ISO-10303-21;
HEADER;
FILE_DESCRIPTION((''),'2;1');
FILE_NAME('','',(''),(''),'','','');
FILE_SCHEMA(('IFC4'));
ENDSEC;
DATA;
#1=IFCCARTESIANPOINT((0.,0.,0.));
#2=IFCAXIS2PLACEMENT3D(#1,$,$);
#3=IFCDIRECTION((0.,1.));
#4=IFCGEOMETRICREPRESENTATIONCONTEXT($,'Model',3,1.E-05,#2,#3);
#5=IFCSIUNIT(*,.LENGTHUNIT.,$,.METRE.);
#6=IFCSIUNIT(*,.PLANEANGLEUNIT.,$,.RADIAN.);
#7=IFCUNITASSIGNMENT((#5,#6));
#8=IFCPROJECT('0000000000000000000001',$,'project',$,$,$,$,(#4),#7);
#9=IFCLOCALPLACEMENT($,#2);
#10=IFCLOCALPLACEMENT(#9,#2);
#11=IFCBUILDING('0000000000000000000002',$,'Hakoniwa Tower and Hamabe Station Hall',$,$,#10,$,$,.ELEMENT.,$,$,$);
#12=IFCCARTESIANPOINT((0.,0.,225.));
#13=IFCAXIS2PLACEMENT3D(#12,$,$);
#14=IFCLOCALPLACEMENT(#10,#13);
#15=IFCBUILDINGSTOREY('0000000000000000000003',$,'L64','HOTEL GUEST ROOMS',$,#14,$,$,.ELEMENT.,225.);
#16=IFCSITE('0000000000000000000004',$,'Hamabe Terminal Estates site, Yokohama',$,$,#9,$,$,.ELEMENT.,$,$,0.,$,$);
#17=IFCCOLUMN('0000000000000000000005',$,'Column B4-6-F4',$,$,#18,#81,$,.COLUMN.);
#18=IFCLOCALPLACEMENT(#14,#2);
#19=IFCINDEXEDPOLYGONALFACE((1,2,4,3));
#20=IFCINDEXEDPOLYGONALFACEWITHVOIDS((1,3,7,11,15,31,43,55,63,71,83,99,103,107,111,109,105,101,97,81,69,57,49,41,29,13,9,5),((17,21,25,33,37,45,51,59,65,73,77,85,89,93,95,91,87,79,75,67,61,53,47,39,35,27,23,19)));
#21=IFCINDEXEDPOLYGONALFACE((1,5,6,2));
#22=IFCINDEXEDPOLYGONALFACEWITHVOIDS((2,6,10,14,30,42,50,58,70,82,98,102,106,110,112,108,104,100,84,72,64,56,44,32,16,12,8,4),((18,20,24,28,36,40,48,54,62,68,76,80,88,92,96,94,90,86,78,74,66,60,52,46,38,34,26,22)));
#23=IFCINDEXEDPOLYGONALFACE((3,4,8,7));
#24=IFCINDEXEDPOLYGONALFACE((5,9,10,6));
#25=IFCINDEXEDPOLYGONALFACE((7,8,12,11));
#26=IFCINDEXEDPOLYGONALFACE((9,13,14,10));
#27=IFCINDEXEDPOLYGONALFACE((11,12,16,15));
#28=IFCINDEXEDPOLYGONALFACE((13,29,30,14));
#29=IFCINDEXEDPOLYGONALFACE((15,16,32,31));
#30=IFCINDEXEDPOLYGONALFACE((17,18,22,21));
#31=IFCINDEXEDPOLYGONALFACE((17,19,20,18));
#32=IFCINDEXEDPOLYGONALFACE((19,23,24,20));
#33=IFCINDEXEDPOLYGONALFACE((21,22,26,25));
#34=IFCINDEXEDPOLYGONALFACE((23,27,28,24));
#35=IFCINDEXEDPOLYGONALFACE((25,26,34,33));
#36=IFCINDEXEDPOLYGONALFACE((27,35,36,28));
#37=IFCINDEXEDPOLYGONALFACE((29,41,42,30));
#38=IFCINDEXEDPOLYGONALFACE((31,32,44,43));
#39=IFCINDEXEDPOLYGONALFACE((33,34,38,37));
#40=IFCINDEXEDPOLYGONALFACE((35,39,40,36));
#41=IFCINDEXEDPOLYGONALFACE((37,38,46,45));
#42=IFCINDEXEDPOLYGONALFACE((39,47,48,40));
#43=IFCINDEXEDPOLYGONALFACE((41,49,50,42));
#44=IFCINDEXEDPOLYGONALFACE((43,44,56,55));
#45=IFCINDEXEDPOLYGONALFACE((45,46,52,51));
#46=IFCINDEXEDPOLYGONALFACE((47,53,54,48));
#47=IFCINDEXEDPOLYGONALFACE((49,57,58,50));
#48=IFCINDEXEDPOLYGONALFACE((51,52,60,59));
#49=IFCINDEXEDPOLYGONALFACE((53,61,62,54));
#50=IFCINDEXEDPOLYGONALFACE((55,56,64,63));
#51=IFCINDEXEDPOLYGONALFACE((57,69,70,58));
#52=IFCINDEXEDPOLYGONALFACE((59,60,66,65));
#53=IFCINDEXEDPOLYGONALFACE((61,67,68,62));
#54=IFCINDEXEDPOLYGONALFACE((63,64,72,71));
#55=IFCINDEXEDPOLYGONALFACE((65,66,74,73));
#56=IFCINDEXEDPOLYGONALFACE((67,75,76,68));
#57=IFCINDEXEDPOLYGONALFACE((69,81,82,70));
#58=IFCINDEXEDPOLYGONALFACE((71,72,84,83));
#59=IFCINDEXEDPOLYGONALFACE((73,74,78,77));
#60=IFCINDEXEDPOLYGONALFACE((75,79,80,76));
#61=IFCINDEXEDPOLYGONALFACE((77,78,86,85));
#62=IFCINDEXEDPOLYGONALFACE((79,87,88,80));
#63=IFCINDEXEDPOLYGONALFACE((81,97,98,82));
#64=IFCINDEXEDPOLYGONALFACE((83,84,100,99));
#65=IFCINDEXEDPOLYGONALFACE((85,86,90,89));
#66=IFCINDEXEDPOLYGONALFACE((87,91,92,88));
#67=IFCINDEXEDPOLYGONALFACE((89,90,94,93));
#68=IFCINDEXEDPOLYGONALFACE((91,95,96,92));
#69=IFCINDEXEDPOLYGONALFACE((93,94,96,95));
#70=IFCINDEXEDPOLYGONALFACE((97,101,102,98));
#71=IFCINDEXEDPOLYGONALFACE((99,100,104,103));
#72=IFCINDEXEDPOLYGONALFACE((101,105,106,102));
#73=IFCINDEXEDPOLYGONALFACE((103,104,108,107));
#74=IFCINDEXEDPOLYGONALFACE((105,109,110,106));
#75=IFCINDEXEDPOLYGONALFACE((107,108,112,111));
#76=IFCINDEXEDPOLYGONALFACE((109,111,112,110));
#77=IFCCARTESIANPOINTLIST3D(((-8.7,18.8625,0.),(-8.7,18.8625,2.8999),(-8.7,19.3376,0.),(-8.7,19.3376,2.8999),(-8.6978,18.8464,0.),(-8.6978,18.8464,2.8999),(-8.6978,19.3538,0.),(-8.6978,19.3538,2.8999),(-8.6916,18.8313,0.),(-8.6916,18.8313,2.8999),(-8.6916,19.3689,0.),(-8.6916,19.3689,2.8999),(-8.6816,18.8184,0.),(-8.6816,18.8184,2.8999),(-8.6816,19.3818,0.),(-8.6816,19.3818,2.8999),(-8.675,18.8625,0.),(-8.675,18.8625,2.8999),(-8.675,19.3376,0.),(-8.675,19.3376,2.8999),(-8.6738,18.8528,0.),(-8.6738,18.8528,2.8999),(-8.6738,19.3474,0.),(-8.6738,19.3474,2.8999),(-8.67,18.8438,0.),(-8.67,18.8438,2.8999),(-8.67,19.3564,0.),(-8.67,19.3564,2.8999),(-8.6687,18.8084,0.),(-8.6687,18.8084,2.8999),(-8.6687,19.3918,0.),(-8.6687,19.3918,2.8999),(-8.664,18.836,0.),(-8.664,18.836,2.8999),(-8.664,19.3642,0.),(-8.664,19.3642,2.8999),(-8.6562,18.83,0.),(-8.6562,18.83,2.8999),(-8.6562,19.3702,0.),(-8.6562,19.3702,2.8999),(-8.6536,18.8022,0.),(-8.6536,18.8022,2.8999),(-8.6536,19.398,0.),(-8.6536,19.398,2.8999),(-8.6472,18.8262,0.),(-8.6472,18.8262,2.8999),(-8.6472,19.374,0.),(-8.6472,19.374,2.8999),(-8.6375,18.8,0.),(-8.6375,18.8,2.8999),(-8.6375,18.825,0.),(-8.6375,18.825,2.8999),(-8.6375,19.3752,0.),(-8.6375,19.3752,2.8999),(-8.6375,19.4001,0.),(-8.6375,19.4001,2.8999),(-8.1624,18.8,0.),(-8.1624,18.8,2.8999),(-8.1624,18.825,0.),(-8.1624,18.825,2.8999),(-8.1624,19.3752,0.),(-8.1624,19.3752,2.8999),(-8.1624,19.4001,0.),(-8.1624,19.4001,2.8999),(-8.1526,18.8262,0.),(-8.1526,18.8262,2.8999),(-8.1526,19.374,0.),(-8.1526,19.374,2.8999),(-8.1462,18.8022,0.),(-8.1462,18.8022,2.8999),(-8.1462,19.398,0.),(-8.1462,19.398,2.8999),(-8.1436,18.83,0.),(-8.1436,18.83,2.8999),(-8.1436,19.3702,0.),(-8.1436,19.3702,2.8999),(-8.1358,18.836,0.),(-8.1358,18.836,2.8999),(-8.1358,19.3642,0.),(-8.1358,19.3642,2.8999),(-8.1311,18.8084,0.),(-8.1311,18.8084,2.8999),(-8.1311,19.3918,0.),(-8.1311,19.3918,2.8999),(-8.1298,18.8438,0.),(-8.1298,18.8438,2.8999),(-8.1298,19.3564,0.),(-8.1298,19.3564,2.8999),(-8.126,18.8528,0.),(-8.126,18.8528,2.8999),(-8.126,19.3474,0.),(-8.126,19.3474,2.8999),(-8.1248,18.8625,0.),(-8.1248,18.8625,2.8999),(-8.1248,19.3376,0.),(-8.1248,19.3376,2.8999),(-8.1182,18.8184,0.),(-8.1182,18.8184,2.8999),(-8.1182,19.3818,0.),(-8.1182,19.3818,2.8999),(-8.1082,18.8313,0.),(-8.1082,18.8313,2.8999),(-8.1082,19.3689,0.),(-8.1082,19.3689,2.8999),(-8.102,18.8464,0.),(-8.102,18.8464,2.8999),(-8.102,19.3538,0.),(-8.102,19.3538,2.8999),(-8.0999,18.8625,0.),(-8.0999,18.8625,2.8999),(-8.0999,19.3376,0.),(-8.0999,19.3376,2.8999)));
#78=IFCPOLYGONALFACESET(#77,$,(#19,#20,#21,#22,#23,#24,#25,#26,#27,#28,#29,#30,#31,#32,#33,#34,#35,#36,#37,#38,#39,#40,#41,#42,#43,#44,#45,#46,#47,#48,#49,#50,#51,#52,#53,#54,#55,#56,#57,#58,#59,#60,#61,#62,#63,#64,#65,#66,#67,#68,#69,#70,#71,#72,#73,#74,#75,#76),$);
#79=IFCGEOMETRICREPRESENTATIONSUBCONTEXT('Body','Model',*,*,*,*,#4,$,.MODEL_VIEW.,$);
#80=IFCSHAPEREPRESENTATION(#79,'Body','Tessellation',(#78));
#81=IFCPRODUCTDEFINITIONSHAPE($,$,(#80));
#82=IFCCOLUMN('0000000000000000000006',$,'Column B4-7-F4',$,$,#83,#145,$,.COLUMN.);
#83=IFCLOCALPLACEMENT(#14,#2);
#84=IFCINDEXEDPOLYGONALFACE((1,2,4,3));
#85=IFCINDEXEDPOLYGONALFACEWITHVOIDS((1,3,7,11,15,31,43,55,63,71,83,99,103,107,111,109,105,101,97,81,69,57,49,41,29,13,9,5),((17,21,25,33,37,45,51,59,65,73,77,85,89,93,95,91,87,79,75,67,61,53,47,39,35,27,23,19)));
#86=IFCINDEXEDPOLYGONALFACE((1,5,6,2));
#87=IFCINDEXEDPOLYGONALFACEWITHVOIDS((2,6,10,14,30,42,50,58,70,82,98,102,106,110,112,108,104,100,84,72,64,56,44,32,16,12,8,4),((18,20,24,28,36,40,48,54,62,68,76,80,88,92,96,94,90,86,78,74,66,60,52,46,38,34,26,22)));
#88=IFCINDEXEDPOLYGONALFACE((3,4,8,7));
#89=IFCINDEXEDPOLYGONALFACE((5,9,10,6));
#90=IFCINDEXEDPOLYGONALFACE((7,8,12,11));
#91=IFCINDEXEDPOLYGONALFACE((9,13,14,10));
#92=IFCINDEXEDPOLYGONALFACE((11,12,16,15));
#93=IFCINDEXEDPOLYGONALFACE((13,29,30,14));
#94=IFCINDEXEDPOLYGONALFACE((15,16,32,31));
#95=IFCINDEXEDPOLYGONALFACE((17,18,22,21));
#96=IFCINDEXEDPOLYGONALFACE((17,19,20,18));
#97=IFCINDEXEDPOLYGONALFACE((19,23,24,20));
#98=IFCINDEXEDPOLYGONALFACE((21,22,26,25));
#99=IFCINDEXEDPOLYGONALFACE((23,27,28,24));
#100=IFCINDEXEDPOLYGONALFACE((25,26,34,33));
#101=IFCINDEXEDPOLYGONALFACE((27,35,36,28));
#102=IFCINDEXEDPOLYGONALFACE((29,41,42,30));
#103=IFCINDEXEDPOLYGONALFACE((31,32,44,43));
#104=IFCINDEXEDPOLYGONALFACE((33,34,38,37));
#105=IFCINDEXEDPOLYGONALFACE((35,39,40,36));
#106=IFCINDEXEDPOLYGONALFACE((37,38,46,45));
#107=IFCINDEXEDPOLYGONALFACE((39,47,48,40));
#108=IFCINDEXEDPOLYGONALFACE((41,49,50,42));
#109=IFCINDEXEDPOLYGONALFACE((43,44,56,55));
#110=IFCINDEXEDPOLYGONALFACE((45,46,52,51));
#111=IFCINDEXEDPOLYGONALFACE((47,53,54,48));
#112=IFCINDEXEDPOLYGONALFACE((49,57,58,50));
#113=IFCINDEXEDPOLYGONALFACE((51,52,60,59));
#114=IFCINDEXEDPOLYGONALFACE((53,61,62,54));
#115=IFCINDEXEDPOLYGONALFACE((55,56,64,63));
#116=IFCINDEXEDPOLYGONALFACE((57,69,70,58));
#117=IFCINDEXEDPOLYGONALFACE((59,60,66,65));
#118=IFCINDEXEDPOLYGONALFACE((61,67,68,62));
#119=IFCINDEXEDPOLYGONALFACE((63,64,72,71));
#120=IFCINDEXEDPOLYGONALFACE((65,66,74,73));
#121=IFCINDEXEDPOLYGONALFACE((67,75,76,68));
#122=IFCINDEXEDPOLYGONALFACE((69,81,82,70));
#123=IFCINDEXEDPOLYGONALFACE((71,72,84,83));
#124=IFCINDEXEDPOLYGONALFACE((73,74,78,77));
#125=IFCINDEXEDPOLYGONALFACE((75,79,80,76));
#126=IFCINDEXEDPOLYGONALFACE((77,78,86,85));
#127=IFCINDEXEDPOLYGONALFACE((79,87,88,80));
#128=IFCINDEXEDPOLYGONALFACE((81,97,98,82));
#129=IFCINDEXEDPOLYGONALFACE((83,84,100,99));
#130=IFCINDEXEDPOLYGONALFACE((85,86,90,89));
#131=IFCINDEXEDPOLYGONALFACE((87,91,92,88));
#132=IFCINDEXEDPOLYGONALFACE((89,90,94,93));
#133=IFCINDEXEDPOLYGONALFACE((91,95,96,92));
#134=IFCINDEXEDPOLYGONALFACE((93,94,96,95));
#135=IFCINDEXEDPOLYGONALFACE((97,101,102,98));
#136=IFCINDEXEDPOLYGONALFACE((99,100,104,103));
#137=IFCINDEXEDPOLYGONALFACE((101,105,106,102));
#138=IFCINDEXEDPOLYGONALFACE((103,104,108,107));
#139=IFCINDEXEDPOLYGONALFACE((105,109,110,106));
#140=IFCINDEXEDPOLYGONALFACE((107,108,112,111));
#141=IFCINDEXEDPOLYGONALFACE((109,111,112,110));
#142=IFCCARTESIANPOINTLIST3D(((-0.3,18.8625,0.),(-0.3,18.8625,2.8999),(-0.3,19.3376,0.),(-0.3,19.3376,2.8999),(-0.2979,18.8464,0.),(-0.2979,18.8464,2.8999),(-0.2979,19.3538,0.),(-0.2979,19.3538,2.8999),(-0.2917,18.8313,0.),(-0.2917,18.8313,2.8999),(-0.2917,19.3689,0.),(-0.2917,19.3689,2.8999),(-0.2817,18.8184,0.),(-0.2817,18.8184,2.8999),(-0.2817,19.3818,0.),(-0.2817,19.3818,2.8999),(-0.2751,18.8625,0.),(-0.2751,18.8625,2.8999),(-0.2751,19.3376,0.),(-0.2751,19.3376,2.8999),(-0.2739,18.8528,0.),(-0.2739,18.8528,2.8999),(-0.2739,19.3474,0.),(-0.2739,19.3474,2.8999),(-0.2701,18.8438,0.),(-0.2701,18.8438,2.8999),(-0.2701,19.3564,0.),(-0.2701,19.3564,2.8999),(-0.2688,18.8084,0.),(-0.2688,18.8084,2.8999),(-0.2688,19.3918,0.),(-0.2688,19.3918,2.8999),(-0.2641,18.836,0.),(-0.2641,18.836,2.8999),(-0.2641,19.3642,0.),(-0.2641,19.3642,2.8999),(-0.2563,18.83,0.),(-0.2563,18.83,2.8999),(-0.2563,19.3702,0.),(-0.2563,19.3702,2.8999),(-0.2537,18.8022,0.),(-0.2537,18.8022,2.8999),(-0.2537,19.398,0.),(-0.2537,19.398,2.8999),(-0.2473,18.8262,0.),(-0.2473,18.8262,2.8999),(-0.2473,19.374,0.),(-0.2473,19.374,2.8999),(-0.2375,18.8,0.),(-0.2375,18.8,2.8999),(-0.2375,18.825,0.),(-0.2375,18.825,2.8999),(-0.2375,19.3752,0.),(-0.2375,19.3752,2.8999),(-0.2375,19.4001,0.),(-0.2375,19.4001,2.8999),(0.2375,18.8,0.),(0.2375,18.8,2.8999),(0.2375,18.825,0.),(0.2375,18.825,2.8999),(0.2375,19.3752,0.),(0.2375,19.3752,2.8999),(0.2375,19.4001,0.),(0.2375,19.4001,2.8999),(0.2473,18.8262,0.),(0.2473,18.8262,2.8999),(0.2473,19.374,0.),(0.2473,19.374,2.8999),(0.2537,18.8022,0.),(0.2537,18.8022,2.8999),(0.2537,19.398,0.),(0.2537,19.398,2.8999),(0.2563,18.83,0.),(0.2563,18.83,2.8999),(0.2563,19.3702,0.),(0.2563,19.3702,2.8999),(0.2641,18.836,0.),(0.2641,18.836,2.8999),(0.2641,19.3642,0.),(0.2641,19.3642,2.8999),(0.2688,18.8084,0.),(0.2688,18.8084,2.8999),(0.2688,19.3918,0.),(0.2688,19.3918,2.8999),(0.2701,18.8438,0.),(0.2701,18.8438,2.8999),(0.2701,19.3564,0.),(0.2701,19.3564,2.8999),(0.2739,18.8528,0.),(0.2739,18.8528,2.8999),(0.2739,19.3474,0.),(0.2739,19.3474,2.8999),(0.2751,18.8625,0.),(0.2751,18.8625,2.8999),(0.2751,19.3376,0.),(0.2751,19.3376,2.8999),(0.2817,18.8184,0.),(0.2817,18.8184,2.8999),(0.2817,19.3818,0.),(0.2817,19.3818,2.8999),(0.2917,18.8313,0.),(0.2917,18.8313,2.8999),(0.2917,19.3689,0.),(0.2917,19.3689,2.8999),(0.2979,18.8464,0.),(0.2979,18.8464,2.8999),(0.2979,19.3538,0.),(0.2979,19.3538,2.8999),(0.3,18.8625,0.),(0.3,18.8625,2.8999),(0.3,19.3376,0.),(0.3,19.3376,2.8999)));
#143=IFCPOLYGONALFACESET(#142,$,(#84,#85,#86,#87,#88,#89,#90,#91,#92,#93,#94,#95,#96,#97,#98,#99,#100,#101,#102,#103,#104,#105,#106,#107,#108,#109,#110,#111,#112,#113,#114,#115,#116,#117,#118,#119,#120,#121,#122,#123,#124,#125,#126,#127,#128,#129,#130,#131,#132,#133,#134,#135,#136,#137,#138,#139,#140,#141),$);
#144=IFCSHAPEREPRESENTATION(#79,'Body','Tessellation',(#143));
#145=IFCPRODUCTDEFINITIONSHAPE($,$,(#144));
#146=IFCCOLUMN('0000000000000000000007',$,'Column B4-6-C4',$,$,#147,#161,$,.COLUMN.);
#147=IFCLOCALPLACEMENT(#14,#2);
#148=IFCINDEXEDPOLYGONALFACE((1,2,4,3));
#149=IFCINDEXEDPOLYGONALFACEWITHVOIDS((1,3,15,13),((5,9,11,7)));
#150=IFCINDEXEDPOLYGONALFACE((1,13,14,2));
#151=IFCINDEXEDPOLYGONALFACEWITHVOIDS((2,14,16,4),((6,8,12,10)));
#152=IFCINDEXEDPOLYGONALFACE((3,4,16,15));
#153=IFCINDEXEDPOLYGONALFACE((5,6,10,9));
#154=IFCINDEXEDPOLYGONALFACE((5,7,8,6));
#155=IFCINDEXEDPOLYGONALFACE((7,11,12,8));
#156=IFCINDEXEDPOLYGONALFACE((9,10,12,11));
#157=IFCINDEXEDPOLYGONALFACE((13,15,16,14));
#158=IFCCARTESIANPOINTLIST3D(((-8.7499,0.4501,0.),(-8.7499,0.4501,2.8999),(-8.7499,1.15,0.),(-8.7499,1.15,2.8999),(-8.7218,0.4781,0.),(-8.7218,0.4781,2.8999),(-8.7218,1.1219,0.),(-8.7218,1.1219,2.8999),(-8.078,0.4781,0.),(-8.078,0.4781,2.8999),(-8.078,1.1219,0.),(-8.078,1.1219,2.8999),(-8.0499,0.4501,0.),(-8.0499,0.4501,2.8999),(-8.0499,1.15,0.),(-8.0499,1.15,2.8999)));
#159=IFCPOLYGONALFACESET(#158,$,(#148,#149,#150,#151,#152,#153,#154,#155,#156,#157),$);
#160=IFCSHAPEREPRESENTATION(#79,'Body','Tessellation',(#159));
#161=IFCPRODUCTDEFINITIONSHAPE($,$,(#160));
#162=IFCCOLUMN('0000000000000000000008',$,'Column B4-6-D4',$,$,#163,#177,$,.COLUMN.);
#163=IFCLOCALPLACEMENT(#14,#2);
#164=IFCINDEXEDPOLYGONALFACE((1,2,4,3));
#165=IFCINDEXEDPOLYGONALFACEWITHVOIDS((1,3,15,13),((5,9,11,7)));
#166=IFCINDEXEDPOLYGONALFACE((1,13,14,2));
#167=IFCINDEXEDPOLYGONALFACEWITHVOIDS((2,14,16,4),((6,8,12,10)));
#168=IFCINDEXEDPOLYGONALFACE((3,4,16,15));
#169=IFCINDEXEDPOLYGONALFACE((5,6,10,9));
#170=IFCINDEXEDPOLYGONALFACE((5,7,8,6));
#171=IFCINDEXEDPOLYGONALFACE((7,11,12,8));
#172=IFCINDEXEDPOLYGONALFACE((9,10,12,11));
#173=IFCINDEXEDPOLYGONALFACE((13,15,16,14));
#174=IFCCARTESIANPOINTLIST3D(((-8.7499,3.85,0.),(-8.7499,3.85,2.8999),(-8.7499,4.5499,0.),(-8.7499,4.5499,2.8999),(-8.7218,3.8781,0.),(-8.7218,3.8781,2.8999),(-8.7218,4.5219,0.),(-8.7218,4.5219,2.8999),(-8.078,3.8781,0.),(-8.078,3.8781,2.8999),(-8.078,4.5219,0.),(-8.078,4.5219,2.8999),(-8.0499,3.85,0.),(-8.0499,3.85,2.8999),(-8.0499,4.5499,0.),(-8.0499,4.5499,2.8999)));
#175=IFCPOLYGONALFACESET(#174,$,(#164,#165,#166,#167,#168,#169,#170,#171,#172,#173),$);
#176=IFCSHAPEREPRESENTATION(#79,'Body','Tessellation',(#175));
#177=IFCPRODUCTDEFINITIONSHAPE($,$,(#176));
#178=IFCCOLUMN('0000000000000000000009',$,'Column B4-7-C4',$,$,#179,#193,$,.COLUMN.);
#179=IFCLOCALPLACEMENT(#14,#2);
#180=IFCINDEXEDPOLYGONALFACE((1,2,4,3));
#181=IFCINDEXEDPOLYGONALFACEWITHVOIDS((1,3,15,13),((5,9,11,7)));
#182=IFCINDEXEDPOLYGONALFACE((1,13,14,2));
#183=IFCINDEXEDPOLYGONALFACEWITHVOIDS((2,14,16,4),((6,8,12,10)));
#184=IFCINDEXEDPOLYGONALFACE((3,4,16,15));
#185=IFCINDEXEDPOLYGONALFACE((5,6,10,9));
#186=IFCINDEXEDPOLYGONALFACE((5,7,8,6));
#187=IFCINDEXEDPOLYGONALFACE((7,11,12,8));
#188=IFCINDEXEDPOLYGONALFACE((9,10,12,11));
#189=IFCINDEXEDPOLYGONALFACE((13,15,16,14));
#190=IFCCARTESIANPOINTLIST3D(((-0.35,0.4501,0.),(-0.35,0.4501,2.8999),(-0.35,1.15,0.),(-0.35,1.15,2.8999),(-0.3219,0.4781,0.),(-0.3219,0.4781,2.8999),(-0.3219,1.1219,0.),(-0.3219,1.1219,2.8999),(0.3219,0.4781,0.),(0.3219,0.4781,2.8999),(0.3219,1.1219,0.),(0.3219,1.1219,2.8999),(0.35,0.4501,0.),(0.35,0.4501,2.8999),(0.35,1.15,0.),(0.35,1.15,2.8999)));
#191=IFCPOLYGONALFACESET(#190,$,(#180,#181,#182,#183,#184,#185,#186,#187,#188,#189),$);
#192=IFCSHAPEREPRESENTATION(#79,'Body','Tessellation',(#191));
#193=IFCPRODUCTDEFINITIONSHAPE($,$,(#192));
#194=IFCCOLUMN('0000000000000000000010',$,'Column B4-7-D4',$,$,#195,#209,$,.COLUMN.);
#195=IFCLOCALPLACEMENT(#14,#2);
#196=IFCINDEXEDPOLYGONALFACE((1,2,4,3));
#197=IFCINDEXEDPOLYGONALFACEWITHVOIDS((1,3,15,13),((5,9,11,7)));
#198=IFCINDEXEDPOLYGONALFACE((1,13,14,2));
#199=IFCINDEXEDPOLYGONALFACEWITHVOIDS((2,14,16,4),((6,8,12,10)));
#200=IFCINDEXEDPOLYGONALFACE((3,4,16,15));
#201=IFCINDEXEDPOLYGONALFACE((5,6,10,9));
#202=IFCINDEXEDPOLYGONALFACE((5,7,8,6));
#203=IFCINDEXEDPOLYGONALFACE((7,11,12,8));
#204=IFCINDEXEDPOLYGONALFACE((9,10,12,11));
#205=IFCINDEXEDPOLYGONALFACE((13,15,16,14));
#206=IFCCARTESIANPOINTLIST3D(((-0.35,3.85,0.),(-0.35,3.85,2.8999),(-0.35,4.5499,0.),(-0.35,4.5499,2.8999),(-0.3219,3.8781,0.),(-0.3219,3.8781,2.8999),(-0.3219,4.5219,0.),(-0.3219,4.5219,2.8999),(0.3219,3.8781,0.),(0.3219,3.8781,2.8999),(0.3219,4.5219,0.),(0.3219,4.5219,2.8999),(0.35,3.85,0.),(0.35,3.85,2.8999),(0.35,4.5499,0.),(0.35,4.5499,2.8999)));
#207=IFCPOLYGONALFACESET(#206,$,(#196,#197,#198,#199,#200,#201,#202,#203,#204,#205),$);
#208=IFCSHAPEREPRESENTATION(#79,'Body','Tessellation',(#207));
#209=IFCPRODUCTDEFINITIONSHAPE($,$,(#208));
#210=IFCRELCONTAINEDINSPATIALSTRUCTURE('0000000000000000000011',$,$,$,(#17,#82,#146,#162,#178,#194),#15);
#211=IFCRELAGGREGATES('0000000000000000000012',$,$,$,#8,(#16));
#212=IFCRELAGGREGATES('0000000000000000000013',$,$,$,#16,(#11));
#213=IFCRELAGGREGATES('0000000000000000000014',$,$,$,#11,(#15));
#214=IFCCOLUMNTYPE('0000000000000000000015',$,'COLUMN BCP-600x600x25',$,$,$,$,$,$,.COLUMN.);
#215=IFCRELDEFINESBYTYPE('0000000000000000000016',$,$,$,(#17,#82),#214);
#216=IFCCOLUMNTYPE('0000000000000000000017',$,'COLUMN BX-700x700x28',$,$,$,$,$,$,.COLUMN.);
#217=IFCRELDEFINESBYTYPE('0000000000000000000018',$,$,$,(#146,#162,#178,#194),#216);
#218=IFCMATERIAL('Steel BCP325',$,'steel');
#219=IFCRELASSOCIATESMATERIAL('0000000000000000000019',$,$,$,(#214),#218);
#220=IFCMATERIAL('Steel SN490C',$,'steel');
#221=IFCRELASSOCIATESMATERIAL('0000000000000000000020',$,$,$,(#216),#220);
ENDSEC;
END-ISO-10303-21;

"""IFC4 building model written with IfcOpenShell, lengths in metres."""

from ifc_helpers import new_model, si_unit, direction, frame, origin, origin_2d, place, context, subcontext, project, spatial, hollow_rectangle, extrude, material, material_profile, profile_set, type_object, element, save


model = new_model("IFC4")

# Units and contexts
model_context = context("Model", 3, precision=1e-05, world=origin(), true_north=direction((0.0, 1.0)))
body_context = subcontext(model_context, "Body", "Model", "MODEL_VIEW")
ifc_project = project(units=[si_unit("LENGTHUNIT", "METRE"), si_unit("PLANEANGLEUNIT", "RADIAN")], contexts=[model_context])

# Site, building, storey
site_placement = place(None, origin())
site = spatial("IfcSite", under=ifc_project, at=site_placement, Name="Hamabe Terminal Estates site, Yokohama", CompositionType="ELEMENT", RefElevation=0.0)
building_placement = place(site_placement, origin())
building = spatial("IfcBuilding", under=site, at=building_placement, Name="Hakoniwa Tower and Hamabe Station Hall", CompositionType="ELEMENT")
storey_placement = place(building_placement, frame((0.0, 0.0, 225.0)))
storey = spatial("IfcBuildingStorey", under=building, at=storey_placement, Name="L64", Description="HOTEL GUEST ROOMS", CompositionType="ELEMENT", Elevation=225.0)

# Columns
ifc_material_1 = material(Name="Steel BCP325", Category="steel")
ifc_material_profile_1 = material_profile(ifc_material_1, hollow_rectangle(XDim=0.6001, YDim=0.6001, WallThickness=0.0249, InnerFilletRadius=0.0376, OuterFilletRadius=0.0625, at=origin_2d()), Name="BCP-600x600x25")
ifc_profile_set_1 = profile_set([ifc_material_profile_1], Name="Steel BCP325")
column_type_1 = type_object("IfcColumnType", Name="COLUMN BCP-600x600x25", PredefinedType="COLUMN", material=ifc_profile_set_1)
for number, where, z_axis, x_axis, name in (
    (1, (-8.3999, 19.1001, 0.0), (0.0, 0.0, 1.0), (1.0, 0.0, 0.0), "Column B4-6-F4"),
    (2, (0.0, 19.1001, 0.0), (0.0, 0.0, 1.0), (1.0, 0.0, 0.0), "Column B4-7-F4"),
):
    element("IfcColumn", number, at=place(storey_placement, frame(where, z_axis=z_axis, x_axis=x_axis)), inside=storey, type_object=column_type_1, Name=name, PredefinedType="COLUMN", context=body_context, shape_type="SweptSolid", body=[
        extrude(hollow_rectangle(XDim=0.6001, YDim=0.6001, WallThickness=0.0249, InnerFilletRadius=0.0376, OuterFilletRadius=0.0625, at=origin_2d()), origin(), (0.0, 0.0, 1.0), 2.8999),
    ])
ifc_material_2 = material(Name="Steel SN490C", Category="steel")
ifc_material_profile_2 = material_profile(ifc_material_2, hollow_rectangle(XDim=0.7, YDim=0.7, WallThickness=0.0281, at=origin_2d()), Name="BX-700x700x28")
ifc_profile_set_2 = profile_set([ifc_material_profile_2], Name="Steel SN490C")
column_type_2 = type_object("IfcColumnType", Name="COLUMN BX-700x700x28", PredefinedType="COLUMN", material=ifc_profile_set_2)
for number, where, z_axis, x_axis, name in (
    (3, (-8.3999, 0.8, 0.0), (0.0, 0.0, 1.0), (1.0, 0.0, 0.0), "Column B4-6-C4"),
    (4, (-8.3999, 4.2, 0.0), (0.0, 0.0, 1.0), (1.0, 0.0, 0.0), "Column B4-6-D4"),
    (5, (0.0, 0.8, 0.0), (0.0, 0.0, 1.0), (1.0, 0.0, 0.0), "Column B4-7-C4"),
    (6, (0.0, 4.2, 0.0), (0.0, 0.0, 1.0), (1.0, 0.0, 0.0), "Column B4-7-D4"),
):
    element("IfcColumn", number, at=place(storey_placement, frame(where, z_axis=z_axis, x_axis=x_axis)), inside=storey, type_object=column_type_2, Name=name, PredefinedType="COLUMN", context=body_context, shape_type="SweptSolid", body=[
        extrude(hollow_rectangle(XDim=0.7, YDim=0.7, WallThickness=0.0281, at=origin_2d()), origin(), (0.0, 0.0, 1.0), 2.8999),
    ])

save(model, "model.ifc")
